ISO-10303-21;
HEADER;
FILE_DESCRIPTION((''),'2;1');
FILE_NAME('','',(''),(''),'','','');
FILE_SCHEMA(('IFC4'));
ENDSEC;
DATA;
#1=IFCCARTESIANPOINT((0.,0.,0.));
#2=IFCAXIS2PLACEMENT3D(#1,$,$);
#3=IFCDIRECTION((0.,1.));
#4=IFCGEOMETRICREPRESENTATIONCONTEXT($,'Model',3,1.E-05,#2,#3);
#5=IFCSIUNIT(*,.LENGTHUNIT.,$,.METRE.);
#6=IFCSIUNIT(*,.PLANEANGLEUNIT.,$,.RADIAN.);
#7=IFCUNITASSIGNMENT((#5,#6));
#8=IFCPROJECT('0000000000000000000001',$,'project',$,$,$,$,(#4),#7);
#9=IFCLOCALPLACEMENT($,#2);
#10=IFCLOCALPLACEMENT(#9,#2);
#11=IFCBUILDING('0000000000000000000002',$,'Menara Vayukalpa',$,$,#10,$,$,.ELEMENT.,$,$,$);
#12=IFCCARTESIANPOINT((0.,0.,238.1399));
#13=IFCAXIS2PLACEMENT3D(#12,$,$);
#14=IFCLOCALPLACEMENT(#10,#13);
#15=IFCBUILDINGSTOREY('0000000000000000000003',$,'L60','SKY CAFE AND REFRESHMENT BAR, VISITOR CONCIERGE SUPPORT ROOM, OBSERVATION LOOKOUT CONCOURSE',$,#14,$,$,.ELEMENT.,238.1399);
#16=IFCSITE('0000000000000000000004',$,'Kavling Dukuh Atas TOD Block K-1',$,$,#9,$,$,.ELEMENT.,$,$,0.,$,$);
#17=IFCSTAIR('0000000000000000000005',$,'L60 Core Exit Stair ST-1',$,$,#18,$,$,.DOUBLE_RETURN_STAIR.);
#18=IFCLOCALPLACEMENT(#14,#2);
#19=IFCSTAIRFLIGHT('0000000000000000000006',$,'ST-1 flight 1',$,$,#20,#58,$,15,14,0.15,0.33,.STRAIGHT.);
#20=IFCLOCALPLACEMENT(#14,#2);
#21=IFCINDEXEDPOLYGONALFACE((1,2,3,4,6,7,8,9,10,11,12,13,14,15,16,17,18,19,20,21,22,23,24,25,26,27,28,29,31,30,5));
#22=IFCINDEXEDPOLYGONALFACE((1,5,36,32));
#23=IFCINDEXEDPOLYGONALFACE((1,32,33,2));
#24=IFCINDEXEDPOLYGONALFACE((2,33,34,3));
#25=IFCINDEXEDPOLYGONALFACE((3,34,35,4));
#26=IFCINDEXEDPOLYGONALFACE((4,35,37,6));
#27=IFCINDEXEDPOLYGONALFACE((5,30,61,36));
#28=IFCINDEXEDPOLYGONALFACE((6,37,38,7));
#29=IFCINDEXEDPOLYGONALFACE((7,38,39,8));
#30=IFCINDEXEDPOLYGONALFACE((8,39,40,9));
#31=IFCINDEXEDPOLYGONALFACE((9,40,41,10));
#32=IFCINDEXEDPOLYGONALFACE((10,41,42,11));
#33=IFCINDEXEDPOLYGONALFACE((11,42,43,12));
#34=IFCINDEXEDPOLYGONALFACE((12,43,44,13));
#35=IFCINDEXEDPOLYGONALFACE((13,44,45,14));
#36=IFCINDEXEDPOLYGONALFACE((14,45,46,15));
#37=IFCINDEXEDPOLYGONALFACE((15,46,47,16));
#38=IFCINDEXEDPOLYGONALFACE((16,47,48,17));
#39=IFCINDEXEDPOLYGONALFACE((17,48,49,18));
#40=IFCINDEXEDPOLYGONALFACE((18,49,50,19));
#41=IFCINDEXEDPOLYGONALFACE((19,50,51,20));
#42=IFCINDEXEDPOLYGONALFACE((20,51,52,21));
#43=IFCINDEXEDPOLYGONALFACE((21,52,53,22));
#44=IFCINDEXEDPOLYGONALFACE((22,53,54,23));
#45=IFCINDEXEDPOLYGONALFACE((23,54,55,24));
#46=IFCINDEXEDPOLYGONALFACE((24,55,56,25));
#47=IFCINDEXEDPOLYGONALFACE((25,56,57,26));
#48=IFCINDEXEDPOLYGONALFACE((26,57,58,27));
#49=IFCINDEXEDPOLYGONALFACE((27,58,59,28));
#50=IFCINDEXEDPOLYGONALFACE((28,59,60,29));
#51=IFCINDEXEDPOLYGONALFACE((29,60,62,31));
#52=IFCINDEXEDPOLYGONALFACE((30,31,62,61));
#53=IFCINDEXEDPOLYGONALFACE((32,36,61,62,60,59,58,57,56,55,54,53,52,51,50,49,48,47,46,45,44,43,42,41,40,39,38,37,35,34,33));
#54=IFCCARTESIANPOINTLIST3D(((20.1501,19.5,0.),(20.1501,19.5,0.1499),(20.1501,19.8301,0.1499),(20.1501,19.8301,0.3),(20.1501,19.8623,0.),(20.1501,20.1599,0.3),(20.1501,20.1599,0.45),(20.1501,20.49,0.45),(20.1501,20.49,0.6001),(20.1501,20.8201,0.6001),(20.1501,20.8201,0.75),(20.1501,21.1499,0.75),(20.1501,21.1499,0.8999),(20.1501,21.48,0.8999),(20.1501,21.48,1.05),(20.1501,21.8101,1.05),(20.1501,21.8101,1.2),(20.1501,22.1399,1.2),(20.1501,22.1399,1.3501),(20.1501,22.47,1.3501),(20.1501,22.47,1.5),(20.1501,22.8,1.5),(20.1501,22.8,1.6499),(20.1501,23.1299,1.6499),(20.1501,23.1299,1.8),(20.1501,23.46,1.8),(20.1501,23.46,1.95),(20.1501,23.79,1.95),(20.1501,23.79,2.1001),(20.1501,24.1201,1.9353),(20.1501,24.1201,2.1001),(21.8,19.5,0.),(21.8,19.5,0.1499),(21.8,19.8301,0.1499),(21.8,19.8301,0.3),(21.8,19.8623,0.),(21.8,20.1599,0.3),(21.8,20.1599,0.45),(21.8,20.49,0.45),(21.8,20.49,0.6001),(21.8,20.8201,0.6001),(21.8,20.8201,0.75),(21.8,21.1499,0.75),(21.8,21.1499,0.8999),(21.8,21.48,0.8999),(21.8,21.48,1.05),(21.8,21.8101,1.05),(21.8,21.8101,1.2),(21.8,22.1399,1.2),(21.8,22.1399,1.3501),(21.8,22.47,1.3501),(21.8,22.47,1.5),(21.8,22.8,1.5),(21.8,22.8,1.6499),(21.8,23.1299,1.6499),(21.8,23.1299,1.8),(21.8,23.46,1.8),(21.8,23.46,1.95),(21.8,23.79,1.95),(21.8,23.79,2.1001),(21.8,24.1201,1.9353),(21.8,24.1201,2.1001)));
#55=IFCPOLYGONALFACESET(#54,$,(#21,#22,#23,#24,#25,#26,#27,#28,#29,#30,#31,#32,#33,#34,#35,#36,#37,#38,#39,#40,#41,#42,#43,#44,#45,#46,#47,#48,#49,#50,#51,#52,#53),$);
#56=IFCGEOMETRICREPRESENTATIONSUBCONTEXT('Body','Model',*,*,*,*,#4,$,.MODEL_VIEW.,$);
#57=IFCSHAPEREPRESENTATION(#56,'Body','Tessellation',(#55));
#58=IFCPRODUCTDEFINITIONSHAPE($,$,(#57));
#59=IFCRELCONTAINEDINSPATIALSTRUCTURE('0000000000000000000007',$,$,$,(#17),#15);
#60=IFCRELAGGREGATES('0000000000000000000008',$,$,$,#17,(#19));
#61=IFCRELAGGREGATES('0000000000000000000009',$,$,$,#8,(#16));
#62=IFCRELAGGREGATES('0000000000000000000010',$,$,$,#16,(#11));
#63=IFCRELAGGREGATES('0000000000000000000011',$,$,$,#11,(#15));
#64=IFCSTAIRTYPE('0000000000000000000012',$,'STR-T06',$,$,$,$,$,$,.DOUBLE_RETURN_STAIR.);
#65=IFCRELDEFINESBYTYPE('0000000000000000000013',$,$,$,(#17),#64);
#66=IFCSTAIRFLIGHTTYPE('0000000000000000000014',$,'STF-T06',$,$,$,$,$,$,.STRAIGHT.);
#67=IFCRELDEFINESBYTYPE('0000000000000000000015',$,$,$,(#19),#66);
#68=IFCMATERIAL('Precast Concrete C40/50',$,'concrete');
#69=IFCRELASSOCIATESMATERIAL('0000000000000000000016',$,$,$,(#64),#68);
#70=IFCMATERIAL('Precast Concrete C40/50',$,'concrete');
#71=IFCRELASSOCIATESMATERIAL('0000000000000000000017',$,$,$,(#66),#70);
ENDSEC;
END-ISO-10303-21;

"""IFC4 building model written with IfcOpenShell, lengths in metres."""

from ifc_helpers import new_model, si_unit, direction, frame, origin, place, context, subcontext, project, spatial, polyline, outline, extrude, material, type_object, element, aggregate, save


model = new_model("IFC4")

# Units and contexts
model_context = context("Model", 3, precision=1e-05, world=origin(), true_north=direction((0.0, 1.0)))
body_context = subcontext(model_context, "Body", "Model", "MODEL_VIEW")
ifc_project = project(units=[si_unit("LENGTHUNIT", "METRE"), si_unit("PLANEANGLEUNIT", "RADIAN")], contexts=[model_context])

# Site, building, storey
site_placement = place(None, origin())
site = spatial("IfcSite", under=ifc_project, at=site_placement, Name="Kavling Dukuh Atas TOD Block K-1", CompositionType="ELEMENT", RefElevation=0.0)
building_placement = place(site_placement, origin())
building = spatial("IfcBuilding", under=site, at=building_placement, Name="Menara Vayukalpa", CompositionType="ELEMENT")
storey_placement = place(building_placement, frame((0.0, 0.0, 238.1399)))
storey = spatial("IfcBuildingStorey", under=building, at=storey_placement, Name="L60", Description="SKY CAFE AND REFRESHMENT BAR, VISITOR CONCIERGE SUPPORT ROOM, OBSERVATION LOOKOUT CONCOURSE", CompositionType="ELEMENT", Elevation=238.1399)

# Stair, stair flight
ifc_material_1 = material(Name="Precast Concrete C40/50", Category="concrete")
stair_type = type_object("IfcStairType", Name="STR-T06", PredefinedType="DOUBLE_RETURN_STAIR", material=ifc_material_1)
stair_placement = place(storey_placement, origin())
stair = element("IfcStair", 1, at=stair_placement, inside=storey, type_object=stair_type, Name="L60 Core Exit Stair ST-1", PredefinedType="DOUBLE_RETURN_STAIR")
ifc_material_2 = material(Name="Precast Concrete C40/50", Category="concrete")
stair_flight_type = type_object("IfcStairFlightType", Name="STF-T06", PredefinedType="STRAIGHT", material=ifc_material_2)
stair_flight_placement = place(storey_placement, frame((20.9751, 19.5, 0.0), z_axis=(0.0, 0.0, 1.0), x_axis=(0.0, 1.0, 0.0)))
stair_flight = element("IfcStairFlight", 2, at=stair_flight_placement, type_object=stair_flight_type, Name="ST-1 flight 1", NumberOfRisers=15, NumberOfTreads=14, PredefinedType="STRAIGHT", RiserHeight=0.15, TreadLength=0.33, context=body_context, shape_type="SweptSolid", body=[
    extrude(outline(polyline([(0.0, 0.0), (0.0, 0.1499), (0.3301, 0.1499), (0.3301, 0.3), (0.6599, 0.3), (0.6599, 0.45), (0.99, 0.45), (0.99, 0.6001), (1.3201, 0.6001), (1.3201, 0.75), (1.6499, 0.75), (1.6499, 0.8999), (1.98, 0.8999), (1.98, 1.05), (2.3101, 1.05), (2.3101, 1.2), (2.6399, 1.2), (2.6399, 1.3501), (2.97, 1.3501), (2.97, 1.5), (3.3, 1.5), (3.3, 1.6499), (3.6299, 1.6499), (3.6299, 1.8), (3.96, 1.8), (3.96, 1.95), (4.29, 1.95), (4.29, 2.1001), (4.6201, 2.1001), (4.6201, 2.25), (4.6201, 1.9353), (0.3623, 0.0), (0.0, 0.0)])), frame((0.0, 0.825, 0.0), z_axis=(0.0, -1.0, 0.0), x_axis=(1.0, 0.0, 0.0)), (0.0, 0.0, 1.0), 1.6499),
])
aggregate(stair, [stair_flight])

save(model, "model.ifc")
